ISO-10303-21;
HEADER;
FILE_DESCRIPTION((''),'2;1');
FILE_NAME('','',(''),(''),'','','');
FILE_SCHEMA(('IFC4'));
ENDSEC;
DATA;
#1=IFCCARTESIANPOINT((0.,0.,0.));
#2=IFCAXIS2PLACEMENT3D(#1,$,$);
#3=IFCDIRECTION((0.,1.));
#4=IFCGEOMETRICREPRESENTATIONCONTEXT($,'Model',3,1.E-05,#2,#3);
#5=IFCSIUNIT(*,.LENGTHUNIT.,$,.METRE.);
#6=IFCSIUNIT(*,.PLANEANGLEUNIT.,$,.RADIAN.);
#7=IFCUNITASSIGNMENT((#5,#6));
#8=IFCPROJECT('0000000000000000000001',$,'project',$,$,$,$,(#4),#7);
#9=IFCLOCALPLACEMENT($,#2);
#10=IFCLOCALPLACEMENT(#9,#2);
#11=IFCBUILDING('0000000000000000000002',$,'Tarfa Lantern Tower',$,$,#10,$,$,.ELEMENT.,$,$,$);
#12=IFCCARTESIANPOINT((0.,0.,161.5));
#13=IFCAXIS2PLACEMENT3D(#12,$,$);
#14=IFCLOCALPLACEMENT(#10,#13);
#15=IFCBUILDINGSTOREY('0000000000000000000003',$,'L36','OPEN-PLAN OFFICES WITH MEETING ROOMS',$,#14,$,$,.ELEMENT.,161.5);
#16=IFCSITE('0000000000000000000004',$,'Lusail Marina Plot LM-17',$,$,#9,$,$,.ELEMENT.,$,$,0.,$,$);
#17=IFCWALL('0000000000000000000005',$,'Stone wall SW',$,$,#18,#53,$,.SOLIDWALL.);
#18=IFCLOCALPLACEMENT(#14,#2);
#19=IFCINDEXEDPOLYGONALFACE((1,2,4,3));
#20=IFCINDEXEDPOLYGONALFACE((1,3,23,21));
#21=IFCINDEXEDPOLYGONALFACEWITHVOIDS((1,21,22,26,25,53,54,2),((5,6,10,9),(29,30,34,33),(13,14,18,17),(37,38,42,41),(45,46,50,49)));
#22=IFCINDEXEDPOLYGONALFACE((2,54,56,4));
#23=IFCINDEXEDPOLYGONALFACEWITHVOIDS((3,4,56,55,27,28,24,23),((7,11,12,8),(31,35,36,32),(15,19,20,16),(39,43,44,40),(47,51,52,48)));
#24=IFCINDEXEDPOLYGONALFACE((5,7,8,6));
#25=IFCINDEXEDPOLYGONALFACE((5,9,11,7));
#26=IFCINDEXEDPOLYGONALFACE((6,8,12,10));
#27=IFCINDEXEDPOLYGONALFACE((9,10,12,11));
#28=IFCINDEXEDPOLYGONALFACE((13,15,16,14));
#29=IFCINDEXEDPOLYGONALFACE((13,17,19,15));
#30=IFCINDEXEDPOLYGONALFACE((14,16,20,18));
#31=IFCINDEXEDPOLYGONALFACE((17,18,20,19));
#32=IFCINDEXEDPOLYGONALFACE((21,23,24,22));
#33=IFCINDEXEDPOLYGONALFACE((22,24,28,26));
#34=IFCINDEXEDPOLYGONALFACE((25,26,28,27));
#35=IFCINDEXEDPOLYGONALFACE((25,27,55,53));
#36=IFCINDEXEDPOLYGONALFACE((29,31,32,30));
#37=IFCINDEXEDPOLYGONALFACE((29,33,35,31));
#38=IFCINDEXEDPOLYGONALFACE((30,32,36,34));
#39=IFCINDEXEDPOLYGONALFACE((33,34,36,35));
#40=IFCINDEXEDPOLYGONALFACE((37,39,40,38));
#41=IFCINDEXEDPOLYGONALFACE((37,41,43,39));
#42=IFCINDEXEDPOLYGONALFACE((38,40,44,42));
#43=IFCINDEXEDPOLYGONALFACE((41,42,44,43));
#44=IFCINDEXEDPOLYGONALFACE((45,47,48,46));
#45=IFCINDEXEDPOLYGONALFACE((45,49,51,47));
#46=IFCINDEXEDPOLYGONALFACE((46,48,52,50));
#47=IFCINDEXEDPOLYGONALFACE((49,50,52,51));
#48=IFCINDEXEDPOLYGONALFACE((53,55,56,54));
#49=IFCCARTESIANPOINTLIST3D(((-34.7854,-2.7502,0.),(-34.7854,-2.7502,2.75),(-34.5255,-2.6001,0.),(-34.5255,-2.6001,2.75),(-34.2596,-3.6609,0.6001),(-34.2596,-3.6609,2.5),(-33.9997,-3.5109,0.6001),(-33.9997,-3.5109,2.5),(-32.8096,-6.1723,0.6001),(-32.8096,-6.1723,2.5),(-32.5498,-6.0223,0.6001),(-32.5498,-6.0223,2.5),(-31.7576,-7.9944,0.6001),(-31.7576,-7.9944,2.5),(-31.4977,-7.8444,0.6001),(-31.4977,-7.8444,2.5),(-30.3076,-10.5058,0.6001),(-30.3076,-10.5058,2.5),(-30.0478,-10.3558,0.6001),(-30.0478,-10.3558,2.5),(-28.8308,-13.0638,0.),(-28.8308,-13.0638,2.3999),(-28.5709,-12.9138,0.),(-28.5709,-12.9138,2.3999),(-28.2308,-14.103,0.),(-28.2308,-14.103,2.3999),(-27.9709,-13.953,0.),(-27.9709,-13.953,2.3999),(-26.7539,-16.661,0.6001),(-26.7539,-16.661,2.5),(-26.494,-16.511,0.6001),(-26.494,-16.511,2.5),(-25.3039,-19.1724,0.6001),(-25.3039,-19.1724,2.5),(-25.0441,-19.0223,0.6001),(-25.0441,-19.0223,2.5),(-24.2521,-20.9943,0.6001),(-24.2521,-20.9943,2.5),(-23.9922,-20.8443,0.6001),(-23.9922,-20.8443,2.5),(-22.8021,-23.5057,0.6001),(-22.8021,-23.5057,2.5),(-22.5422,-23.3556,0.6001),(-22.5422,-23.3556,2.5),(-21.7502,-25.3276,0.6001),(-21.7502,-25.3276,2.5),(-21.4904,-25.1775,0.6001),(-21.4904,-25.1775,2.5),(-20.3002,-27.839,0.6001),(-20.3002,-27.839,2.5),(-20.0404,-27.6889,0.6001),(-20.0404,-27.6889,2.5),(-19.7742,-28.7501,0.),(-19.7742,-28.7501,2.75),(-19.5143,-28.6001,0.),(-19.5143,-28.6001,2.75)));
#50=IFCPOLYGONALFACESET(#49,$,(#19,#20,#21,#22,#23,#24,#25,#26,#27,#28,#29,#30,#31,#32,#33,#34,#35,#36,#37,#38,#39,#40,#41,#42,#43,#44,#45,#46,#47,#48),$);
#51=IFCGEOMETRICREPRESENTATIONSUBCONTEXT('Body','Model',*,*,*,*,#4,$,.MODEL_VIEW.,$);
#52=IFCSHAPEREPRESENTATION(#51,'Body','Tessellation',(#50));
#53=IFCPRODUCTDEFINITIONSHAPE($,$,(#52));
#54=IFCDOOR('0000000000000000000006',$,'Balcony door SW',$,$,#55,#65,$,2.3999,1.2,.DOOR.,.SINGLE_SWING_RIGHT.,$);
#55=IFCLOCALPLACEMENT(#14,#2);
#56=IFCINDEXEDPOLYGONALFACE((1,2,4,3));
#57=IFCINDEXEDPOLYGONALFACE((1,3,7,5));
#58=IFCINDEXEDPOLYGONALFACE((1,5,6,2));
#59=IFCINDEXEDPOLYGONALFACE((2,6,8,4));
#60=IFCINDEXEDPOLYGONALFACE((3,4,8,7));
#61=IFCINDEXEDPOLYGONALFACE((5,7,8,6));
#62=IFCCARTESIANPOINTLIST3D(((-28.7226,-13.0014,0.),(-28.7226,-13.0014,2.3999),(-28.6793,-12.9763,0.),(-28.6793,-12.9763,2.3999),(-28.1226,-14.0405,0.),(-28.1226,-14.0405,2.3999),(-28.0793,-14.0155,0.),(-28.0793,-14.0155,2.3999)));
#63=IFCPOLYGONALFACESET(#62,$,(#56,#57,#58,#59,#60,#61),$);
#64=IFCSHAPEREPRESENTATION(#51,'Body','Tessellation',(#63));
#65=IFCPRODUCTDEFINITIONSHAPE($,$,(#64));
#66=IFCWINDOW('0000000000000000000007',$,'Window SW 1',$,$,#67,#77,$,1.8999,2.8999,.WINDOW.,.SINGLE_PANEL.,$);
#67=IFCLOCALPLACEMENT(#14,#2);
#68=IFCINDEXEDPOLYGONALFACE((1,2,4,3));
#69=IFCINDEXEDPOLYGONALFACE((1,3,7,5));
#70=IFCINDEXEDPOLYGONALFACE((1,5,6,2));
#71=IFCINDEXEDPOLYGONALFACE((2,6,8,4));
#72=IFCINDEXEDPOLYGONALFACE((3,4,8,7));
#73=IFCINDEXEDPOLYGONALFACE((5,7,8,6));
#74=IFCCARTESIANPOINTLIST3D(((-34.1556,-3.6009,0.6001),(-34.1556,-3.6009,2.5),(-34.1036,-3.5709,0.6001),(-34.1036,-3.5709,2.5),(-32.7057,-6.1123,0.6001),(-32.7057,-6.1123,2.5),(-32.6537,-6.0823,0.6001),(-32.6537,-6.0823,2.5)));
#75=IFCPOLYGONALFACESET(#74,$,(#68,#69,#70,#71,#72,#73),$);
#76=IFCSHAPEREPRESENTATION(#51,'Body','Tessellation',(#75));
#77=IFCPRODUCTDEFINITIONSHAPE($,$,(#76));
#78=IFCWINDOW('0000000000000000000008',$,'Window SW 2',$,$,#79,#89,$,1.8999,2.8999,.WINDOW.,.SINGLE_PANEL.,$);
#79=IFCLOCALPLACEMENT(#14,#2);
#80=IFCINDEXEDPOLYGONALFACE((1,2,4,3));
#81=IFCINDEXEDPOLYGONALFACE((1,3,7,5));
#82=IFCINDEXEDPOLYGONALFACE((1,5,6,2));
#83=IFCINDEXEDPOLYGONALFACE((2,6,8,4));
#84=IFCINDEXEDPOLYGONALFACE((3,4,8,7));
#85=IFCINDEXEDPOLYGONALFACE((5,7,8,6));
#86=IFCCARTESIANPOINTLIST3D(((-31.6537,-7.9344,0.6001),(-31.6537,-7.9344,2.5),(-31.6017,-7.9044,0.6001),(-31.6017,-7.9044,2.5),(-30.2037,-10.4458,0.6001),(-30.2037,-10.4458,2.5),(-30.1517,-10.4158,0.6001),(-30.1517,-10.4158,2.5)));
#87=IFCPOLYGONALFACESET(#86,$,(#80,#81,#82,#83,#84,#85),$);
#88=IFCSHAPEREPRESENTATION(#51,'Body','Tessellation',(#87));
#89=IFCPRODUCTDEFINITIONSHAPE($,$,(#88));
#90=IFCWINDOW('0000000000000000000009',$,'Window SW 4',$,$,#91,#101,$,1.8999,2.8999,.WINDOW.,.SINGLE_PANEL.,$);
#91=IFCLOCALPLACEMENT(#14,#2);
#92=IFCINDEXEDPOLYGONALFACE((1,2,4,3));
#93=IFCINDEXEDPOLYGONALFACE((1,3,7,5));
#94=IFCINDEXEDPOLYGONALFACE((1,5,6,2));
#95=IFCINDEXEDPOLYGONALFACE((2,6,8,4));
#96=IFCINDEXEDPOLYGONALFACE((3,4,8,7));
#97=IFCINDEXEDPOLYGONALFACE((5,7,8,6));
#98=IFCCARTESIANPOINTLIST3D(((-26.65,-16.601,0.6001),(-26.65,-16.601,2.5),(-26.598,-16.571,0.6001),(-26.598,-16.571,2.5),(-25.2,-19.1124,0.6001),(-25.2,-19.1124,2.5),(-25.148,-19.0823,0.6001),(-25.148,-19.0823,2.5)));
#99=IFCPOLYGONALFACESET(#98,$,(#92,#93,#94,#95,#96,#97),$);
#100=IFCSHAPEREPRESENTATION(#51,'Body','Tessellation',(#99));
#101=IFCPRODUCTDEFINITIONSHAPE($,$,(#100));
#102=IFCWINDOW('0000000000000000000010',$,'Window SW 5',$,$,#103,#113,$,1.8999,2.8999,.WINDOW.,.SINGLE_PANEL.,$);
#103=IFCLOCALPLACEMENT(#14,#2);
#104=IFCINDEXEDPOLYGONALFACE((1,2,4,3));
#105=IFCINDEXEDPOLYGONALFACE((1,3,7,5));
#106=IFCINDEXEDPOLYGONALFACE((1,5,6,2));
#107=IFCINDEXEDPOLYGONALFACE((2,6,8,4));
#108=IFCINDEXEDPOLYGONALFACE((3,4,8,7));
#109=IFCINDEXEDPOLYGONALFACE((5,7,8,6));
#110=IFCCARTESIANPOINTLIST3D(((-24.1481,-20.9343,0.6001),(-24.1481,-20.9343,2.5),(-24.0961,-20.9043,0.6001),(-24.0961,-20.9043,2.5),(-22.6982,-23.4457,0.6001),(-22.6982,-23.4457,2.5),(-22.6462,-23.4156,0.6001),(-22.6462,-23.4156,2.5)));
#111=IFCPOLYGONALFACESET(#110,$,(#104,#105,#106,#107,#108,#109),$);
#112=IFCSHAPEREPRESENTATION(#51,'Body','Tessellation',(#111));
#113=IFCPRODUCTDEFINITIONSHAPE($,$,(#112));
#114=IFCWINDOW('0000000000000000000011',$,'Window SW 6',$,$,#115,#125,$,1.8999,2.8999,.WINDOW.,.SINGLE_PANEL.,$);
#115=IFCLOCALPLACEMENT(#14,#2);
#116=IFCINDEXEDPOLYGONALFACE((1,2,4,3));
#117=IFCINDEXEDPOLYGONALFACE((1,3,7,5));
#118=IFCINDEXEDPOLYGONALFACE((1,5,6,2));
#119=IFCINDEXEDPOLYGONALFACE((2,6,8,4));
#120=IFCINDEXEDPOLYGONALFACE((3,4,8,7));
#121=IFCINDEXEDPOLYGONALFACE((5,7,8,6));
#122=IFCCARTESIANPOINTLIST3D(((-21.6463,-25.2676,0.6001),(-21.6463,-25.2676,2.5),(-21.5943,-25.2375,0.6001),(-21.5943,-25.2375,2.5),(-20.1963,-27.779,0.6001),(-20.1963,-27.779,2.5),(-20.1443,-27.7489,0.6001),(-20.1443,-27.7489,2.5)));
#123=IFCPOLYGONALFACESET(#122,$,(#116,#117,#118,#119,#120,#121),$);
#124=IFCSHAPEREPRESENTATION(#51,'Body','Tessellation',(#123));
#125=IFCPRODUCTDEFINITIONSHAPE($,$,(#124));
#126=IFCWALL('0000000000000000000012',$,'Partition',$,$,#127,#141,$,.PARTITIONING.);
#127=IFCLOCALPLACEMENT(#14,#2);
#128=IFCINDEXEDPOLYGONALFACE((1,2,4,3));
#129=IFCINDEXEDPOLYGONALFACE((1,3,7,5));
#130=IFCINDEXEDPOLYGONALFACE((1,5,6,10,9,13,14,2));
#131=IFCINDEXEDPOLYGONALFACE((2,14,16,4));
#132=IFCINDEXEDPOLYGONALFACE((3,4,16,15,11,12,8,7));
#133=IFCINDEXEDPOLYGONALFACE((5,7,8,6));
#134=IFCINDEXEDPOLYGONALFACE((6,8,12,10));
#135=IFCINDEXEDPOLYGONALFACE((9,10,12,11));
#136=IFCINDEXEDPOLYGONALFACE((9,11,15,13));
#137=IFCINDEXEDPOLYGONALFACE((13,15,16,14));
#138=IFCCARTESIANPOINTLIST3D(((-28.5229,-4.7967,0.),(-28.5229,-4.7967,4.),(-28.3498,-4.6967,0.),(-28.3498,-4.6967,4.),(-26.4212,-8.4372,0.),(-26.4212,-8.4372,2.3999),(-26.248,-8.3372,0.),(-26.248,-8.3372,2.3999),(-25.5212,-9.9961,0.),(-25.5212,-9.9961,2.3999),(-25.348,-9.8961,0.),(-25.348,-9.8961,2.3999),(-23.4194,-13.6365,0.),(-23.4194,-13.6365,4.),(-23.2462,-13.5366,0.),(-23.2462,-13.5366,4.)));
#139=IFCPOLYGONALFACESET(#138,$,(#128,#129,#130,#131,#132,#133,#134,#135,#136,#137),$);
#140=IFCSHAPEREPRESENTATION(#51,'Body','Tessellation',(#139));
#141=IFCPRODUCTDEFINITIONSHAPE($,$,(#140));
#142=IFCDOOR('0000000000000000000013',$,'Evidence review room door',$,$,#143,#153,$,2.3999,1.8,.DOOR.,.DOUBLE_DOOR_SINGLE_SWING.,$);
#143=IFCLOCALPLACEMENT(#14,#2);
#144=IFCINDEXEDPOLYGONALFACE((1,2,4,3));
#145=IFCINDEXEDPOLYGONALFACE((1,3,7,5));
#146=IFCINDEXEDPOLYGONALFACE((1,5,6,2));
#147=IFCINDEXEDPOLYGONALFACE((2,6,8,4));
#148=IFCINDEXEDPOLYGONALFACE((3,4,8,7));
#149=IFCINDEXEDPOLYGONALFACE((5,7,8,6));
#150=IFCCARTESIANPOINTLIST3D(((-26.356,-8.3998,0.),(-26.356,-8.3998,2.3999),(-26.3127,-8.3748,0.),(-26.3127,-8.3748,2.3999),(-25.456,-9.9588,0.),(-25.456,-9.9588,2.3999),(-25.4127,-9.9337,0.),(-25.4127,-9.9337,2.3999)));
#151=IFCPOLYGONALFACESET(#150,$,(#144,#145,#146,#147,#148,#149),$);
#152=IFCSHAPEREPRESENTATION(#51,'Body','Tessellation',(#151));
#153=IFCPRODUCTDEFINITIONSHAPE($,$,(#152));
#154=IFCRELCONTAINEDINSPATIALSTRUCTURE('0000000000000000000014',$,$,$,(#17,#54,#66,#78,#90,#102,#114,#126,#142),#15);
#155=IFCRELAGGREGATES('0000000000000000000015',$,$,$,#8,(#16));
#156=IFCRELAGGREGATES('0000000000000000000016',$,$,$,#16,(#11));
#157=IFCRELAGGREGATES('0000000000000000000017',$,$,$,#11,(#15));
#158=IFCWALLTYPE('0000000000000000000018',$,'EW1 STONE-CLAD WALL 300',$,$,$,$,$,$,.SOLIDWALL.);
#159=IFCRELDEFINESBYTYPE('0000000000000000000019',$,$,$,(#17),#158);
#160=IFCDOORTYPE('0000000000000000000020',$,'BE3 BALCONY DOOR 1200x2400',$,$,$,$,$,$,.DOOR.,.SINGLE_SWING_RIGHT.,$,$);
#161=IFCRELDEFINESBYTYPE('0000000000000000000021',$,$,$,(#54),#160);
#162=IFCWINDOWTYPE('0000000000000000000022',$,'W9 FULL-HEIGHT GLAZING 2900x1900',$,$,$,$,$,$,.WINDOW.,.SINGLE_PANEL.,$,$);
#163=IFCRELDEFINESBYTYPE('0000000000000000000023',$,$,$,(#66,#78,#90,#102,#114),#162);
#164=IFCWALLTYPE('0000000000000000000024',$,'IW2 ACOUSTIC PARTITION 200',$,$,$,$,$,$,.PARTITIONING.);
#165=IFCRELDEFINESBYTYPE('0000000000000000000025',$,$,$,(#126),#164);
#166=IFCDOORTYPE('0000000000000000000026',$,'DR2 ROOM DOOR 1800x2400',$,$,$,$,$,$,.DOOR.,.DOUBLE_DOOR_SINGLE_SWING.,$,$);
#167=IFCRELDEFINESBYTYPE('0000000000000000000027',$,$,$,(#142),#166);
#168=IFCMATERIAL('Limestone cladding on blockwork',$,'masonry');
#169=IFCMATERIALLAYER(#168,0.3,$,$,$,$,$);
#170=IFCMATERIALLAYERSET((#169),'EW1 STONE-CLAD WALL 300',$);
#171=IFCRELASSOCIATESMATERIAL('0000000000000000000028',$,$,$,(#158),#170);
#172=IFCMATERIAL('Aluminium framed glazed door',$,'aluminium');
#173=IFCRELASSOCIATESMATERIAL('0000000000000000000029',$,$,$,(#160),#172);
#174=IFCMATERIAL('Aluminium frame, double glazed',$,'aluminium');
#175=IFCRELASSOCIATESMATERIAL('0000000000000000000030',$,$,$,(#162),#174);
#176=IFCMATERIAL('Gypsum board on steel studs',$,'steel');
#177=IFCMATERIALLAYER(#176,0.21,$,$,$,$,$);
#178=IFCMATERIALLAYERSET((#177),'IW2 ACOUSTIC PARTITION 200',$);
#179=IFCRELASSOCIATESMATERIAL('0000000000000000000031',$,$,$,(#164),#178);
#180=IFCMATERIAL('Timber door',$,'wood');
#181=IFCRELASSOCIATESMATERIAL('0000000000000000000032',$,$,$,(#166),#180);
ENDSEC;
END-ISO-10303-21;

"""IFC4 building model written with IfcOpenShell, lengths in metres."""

from ifc_helpers import new_model, si_unit, direction, frame, frame_2d, origin, place, context, subcontext, project, spatial, rectangle, extrude, material, layer, layer_set, type_object, element, fill, save


model = new_model("IFC4")

# Units and contexts
model_context = context("Model", 3, precision=1e-05, world=origin(), true_north=direction((0.0, 1.0)))
body_context = subcontext(model_context, "Body", "Model", "MODEL_VIEW")
ifc_project = project(units=[si_unit("LENGTHUNIT", "METRE"), si_unit("PLANEANGLEUNIT", "RADIAN")], contexts=[model_context])

# Site, building, storey
site_placement = place(None, origin())
site = spatial("IfcSite", under=ifc_project, at=site_placement, Name="Lusail Marina Plot LM-17", CompositionType="ELEMENT", RefElevation=0.0)
building_placement = place(site_placement, origin())
building = spatial("IfcBuilding", under=site, at=building_placement, Name="Tarfa Lantern Tower", CompositionType="ELEMENT")
storey_placement = place(building_placement, frame((0.0, 0.0, 161.5)))
storey = spatial("IfcBuildingStorey", under=building, at=storey_placement, Name="L36", Description="OPEN-PLAN OFFICES WITH MEETING ROOMS", CompositionType="ELEMENT", Elevation=161.5)

# Wall, openings, door, windows
ifc_material_1 = material(Name="Limestone cladding on blockwork", Category="masonry")
ifc_layer_1 = layer(ifc_material_1, 0.3)
ifc_layer_set_1 = layer_set([ifc_layer_1], Name="EW1 STONE-CLAD WALL 300")
wall_type_1 = type_object("IfcWallType", Name="EW1 STONE-CLAD WALL 300", PredefinedType="SOLIDWALL", material=ifc_layer_set_1)
wall_1_placement = place(storey_placement, frame((-34.6555, -2.675, 0.0), z_axis=(0.0, 0.0, 1.0), x_axis=(0.500003, -0.866024, 0.0)))
wall_1 = element("IfcWall", 1, at=wall_1_placement, inside=storey, type_object=wall_type_1, Name="Stone wall SW", PredefinedType="SOLIDWALL", context=body_context, shape_type="SweptSolid", body=[
    extrude(rectangle(XDim=30.0222, YDim=0.3, at=frame_2d((15.0112, 0.0))), origin(), (0.0, 0.0, 1.0), 2.75),
])
opening_1_placement = place(wall_1_placement, frame((1.0518, 0.0, 0.6001)))
opening_1 = element("IfcOpeningElement", 2, at=opening_1_placement, cuts=wall_1, PredefinedType="OPENING", context=body_context, shape_type="SweptSolid", body=[
    extrude(rectangle(XDim=2.8999, YDim=1.8999, at=frame_2d((1.45, 0.95))), frame((0.0, 0.1599, 0.0), z_axis=(0.0, -1.0, 0.0), x_axis=(1.0, 0.0, 0.0)), (0.0, 0.0, 1.0), 0.3201),
])
opening_2_placement = place(wall_1_placement, frame((6.0557, 0.0, 0.6001)))
opening_2 = element("IfcOpeningElement", 3, at=opening_2_placement, cuts=wall_1, PredefinedType="OPENING", context=body_context, shape_type="SweptSolid", body=[
    extrude(rectangle(XDim=2.8999, YDim=1.8999, at=frame_2d((1.45, 0.95))), frame((0.0, 0.1599, 0.0), z_axis=(0.0, -1.0, 0.0), x_axis=(1.0, 0.0, 0.0)), (0.0, 0.0, 1.0), 0.3201),
])
opening_3_placement = place(wall_1_placement, frame((11.9092, 0.0, 0.0)))
opening_3 = element("IfcOpeningElement", 4, at=opening_3_placement, cuts=wall_1, PredefinedType="OPENING", context=body_context, shape_type="SweptSolid", body=[
    extrude(rectangle(XDim=1.2, YDim=2.3999, at=frame_2d((0.6001, 1.2))), frame((0.0, 0.1599, 0.0), z_axis=(0.0, -1.0, 0.0), x_axis=(1.0, 0.0, 0.0)), (0.0, 0.0, 1.0), 0.3201),
])
opening_4_placement = place(wall_1_placement, frame((16.063, 0.0, 0.6001)))
opening_4 = element("IfcOpeningElement", 5, at=opening_4_placement, cuts=wall_1, PredefinedType="OPENING", context=body_context, shape_type="SweptSolid", body=[
    extrude(rectangle(XDim=2.8999, YDim=1.8999, at=frame_2d((1.45, 0.95))), frame((0.0, 0.1599, 0.0), z_axis=(0.0, -1.0, 0.0), x_axis=(1.0, 0.0, 0.0)), (0.0, 0.0, 1.0), 0.3201),
])
opening_5_placement = place(wall_1_placement, frame((21.0667, 0.0, 0.6001)))
opening_5 = element("IfcOpeningElement", 6, at=opening_5_placement, cuts=wall_1, PredefinedType="OPENING", context=body_context, shape_type="SweptSolid", body=[
    extrude(rectangle(XDim=2.8999, YDim=1.8999, at=frame_2d((1.45, 0.95))), frame((0.0, 0.1599, 0.0), z_axis=(0.0, -1.0, 0.0), x_axis=(1.0, 0.0, 0.0)), (0.0, 0.0, 1.0), 0.3201),
])
opening_6_placement = place(wall_1_placement, frame((26.0703, 0.0, 0.6001)))
opening_6 = element("IfcOpeningElement", 7, at=opening_6_placement, cuts=wall_1, PredefinedType="OPENING", context=body_context, shape_type="SweptSolid", body=[
    extrude(rectangle(XDim=2.8999, YDim=1.8999, at=frame_2d((1.45, 0.95))), frame((0.0, 0.1599, 0.0), z_axis=(0.0, -1.0, 0.0), x_axis=(1.0, 0.0, 0.0)), (0.0, 0.0, 1.0), 0.3201),
])
ifc_material_2 = material(Name="Aluminium framed glazed door", Category="aluminium")
door_type_1 = type_object("IfcDoorType", Name="BE3 BALCONY DOOR 1200x2400", OperationType="SINGLE_SWING_RIGHT", PredefinedType="DOOR", material=ifc_material_2)
door_1_placement = place(opening_3_placement, origin())
door_1 = element("IfcDoor", 8, at=door_1_placement, inside=storey, type_object=door_type_1, Name="Balcony door SW", OperationType="SINGLE_SWING_RIGHT", OverallHeight=2.3999, OverallWidth=1.2, PredefinedType="DOOR", context=body_context, shape_type="SweptSolid", body=[
    extrude(rectangle(XDim=1.2, YDim=2.3999, at=frame_2d((0.6001, 1.2))), frame((0.0, 0.0249, 0.0), z_axis=(0.0, -1.0, 0.0), x_axis=(1.0, 0.0, 0.0)), (0.0, 0.0, 1.0), 0.05),
])
fill(opening_3, door_1)
ifc_material_3 = material(Name="Aluminium frame, double glazed", Category="aluminium")
window_type = type_object("IfcWindowType", Name="W9 FULL-HEIGHT GLAZING 2900x1900", PartitioningType="SINGLE_PANEL", PredefinedType="WINDOW", material=ifc_material_3)
window_1_placement = place(opening_1_placement, origin())
window_1 = element("IfcWindow", 9, at=window_1_placement, inside=storey, type_object=window_type, Name="Window SW 1", OverallHeight=1.8999, OverallWidth=2.8999, PartitioningType="SINGLE_PANEL", PredefinedType="WINDOW", context=body_context, shape_type="SweptSolid", body=[
    extrude(rectangle(XDim=2.8999, YDim=1.8999, at=frame_2d((1.45, 0.95))), frame((0.0, 0.03, 0.0), z_axis=(0.0, -1.0, 0.0), x_axis=(1.0, 0.0, 0.0)), (0.0, 0.0, 1.0), 0.0601),
])
fill(opening_1, window_1)
window_2_placement = place(opening_2_placement, origin())
window_2 = element("IfcWindow", 10, at=window_2_placement, inside=storey, type_object=window_type, Name="Window SW 2", OverallHeight=1.8999, OverallWidth=2.8999, PartitioningType="SINGLE_PANEL", PredefinedType="WINDOW", context=body_context, shape_type="SweptSolid", body=[
    extrude(rectangle(XDim=2.8999, YDim=1.8999, at=frame_2d((1.45, 0.95))), frame((0.0, 0.03, 0.0), z_axis=(0.0, -1.0, 0.0), x_axis=(1.0, 0.0, 0.0)), (0.0, 0.0, 1.0), 0.0601),
])
fill(opening_2, window_2)
window_3_placement = place(opening_4_placement, origin())
window_3 = element("IfcWindow", 11, at=window_3_placement, inside=storey, type_object=window_type, Name="Window SW 4", OverallHeight=1.8999, OverallWidth=2.8999, PartitioningType="SINGLE_PANEL", PredefinedType="WINDOW", context=body_context, shape_type="SweptSolid", body=[
    extrude(rectangle(XDim=2.8999, YDim=1.8999, at=frame_2d((1.45, 0.95))), frame((0.0, 0.03, 0.0), z_axis=(0.0, -1.0, 0.0), x_axis=(1.0, 0.0, 0.0)), (0.0, 0.0, 1.0), 0.0601),
])
fill(opening_4, window_3)
window_4_placement = place(opening_5_placement, origin())
window_4 = element("IfcWindow", 12, at=window_4_placement, inside=storey, type_object=window_type, Name="Window SW 5", OverallHeight=1.8999, OverallWidth=2.8999, PartitioningType="SINGLE_PANEL", PredefinedType="WINDOW", context=body_context, shape_type="SweptSolid", body=[
    extrude(rectangle(XDim=2.8999, YDim=1.8999, at=frame_2d((1.45, 0.95))), frame((0.0, 0.03, 0.0), z_axis=(0.0, -1.0, 0.0), x_axis=(1.0, 0.0, 0.0)), (0.0, 0.0, 1.0), 0.0601),
])
fill(opening_5, window_4)
window_5_placement = place(opening_6_placement, origin())
window_5 = element("IfcWindow", 13, at=window_5_placement, inside=storey, type_object=window_type, Name="Window SW 6", OverallHeight=1.8999, OverallWidth=2.8999, PartitioningType="SINGLE_PANEL", PredefinedType="WINDOW", context=body_context, shape_type="SweptSolid", body=[
    extrude(rectangle(XDim=2.8999, YDim=1.8999, at=frame_2d((1.45, 0.95))), frame((0.0, 0.03, 0.0), z_axis=(0.0, -1.0, 0.0), x_axis=(1.0, 0.0, 0.0)), (0.0, 0.0, 1.0), 0.0601),
])
fill(opening_6, window_5)

# Wall, opening, door
ifc_material_4 = material(Name="Gypsum board on steel studs", Category="steel")
ifc_layer_2 = layer(ifc_material_4, 0.21)
ifc_layer_set_2 = layer_set([ifc_layer_2], Name="IW2 ACOUSTIC PARTITION 200")
wall_type_2 = type_object("IfcWallType", Name="IW2 ACOUSTIC PARTITION 200", PredefinedType="PARTITIONING", material=ifc_layer_set_2)
wall_2_placement = place(storey_placement, frame((-28.4363, -4.7468, 0.0), z_axis=(0.0, 0.0, 1.0), x_axis=(0.499987, -0.866033, 0.0)))
wall_2 = element("IfcWall", 14, at=wall_2_placement, inside=storey, type_object=wall_type_2, Name="Partition", PredefinedType="PARTITIONING", context=body_context, shape_type="SweptSolid", body=[
    extrude(rectangle(XDim=10.2073, YDim=0.2, at=frame_2d((5.1035, 0.0))), origin(), (0.0, 0.0, 1.0), 4.0),
])
opening_7_placement = place(wall_2_placement, frame((4.2036, 0.0, 0.0)))
opening_7 = element("IfcOpeningElement", 15, at=opening_7_placement, cuts=wall_2, PredefinedType="OPENING", context=body_context, shape_type="SweptSolid", body=[
    extrude(rectangle(XDim=1.8, YDim=2.3999, at=frame_2d((0.8999, 1.2))), frame((0.0, 0.1099, 0.0), z_axis=(0.0, -1.0, 0.0), x_axis=(1.0, 0.0, 0.0)), (0.0, 0.0, 1.0), 0.22),
])
ifc_material_5 = material(Name="Timber door", Category="wood")
door_type_2 = type_object("IfcDoorType", Name="DR2 ROOM DOOR 1800x2400", OperationType="DOUBLE_DOOR_SINGLE_SWING", PredefinedType="DOOR", material=ifc_material_5)
door_2_placement = place(opening_7_placement, frame((1.8, 0.0, 0.0), z_axis=(0.0, 0.0, 1.0), x_axis=(-1.0, 0.0, 0.0)))
door_2 = element("IfcDoor", 16, at=door_2_placement, inside=storey, type_object=door_type_2, Name="Evidence review room door", OperationType="DOUBLE_DOOR_SINGLE_SWING", OverallHeight=2.3999, OverallWidth=1.8, PredefinedType="DOOR", context=body_context, shape_type="SweptSolid", body=[
    extrude(rectangle(XDim=1.8, YDim=2.3999, at=frame_2d((0.8999, 1.2))), frame((0.0, 0.0249, 0.0), z_axis=(0.0, -1.0, 0.0), x_axis=(1.0, 0.0, 0.0)), (0.0, 0.0, 1.0), 0.05),
])
fill(opening_7, door_2)

save(model, "model.ifc")
